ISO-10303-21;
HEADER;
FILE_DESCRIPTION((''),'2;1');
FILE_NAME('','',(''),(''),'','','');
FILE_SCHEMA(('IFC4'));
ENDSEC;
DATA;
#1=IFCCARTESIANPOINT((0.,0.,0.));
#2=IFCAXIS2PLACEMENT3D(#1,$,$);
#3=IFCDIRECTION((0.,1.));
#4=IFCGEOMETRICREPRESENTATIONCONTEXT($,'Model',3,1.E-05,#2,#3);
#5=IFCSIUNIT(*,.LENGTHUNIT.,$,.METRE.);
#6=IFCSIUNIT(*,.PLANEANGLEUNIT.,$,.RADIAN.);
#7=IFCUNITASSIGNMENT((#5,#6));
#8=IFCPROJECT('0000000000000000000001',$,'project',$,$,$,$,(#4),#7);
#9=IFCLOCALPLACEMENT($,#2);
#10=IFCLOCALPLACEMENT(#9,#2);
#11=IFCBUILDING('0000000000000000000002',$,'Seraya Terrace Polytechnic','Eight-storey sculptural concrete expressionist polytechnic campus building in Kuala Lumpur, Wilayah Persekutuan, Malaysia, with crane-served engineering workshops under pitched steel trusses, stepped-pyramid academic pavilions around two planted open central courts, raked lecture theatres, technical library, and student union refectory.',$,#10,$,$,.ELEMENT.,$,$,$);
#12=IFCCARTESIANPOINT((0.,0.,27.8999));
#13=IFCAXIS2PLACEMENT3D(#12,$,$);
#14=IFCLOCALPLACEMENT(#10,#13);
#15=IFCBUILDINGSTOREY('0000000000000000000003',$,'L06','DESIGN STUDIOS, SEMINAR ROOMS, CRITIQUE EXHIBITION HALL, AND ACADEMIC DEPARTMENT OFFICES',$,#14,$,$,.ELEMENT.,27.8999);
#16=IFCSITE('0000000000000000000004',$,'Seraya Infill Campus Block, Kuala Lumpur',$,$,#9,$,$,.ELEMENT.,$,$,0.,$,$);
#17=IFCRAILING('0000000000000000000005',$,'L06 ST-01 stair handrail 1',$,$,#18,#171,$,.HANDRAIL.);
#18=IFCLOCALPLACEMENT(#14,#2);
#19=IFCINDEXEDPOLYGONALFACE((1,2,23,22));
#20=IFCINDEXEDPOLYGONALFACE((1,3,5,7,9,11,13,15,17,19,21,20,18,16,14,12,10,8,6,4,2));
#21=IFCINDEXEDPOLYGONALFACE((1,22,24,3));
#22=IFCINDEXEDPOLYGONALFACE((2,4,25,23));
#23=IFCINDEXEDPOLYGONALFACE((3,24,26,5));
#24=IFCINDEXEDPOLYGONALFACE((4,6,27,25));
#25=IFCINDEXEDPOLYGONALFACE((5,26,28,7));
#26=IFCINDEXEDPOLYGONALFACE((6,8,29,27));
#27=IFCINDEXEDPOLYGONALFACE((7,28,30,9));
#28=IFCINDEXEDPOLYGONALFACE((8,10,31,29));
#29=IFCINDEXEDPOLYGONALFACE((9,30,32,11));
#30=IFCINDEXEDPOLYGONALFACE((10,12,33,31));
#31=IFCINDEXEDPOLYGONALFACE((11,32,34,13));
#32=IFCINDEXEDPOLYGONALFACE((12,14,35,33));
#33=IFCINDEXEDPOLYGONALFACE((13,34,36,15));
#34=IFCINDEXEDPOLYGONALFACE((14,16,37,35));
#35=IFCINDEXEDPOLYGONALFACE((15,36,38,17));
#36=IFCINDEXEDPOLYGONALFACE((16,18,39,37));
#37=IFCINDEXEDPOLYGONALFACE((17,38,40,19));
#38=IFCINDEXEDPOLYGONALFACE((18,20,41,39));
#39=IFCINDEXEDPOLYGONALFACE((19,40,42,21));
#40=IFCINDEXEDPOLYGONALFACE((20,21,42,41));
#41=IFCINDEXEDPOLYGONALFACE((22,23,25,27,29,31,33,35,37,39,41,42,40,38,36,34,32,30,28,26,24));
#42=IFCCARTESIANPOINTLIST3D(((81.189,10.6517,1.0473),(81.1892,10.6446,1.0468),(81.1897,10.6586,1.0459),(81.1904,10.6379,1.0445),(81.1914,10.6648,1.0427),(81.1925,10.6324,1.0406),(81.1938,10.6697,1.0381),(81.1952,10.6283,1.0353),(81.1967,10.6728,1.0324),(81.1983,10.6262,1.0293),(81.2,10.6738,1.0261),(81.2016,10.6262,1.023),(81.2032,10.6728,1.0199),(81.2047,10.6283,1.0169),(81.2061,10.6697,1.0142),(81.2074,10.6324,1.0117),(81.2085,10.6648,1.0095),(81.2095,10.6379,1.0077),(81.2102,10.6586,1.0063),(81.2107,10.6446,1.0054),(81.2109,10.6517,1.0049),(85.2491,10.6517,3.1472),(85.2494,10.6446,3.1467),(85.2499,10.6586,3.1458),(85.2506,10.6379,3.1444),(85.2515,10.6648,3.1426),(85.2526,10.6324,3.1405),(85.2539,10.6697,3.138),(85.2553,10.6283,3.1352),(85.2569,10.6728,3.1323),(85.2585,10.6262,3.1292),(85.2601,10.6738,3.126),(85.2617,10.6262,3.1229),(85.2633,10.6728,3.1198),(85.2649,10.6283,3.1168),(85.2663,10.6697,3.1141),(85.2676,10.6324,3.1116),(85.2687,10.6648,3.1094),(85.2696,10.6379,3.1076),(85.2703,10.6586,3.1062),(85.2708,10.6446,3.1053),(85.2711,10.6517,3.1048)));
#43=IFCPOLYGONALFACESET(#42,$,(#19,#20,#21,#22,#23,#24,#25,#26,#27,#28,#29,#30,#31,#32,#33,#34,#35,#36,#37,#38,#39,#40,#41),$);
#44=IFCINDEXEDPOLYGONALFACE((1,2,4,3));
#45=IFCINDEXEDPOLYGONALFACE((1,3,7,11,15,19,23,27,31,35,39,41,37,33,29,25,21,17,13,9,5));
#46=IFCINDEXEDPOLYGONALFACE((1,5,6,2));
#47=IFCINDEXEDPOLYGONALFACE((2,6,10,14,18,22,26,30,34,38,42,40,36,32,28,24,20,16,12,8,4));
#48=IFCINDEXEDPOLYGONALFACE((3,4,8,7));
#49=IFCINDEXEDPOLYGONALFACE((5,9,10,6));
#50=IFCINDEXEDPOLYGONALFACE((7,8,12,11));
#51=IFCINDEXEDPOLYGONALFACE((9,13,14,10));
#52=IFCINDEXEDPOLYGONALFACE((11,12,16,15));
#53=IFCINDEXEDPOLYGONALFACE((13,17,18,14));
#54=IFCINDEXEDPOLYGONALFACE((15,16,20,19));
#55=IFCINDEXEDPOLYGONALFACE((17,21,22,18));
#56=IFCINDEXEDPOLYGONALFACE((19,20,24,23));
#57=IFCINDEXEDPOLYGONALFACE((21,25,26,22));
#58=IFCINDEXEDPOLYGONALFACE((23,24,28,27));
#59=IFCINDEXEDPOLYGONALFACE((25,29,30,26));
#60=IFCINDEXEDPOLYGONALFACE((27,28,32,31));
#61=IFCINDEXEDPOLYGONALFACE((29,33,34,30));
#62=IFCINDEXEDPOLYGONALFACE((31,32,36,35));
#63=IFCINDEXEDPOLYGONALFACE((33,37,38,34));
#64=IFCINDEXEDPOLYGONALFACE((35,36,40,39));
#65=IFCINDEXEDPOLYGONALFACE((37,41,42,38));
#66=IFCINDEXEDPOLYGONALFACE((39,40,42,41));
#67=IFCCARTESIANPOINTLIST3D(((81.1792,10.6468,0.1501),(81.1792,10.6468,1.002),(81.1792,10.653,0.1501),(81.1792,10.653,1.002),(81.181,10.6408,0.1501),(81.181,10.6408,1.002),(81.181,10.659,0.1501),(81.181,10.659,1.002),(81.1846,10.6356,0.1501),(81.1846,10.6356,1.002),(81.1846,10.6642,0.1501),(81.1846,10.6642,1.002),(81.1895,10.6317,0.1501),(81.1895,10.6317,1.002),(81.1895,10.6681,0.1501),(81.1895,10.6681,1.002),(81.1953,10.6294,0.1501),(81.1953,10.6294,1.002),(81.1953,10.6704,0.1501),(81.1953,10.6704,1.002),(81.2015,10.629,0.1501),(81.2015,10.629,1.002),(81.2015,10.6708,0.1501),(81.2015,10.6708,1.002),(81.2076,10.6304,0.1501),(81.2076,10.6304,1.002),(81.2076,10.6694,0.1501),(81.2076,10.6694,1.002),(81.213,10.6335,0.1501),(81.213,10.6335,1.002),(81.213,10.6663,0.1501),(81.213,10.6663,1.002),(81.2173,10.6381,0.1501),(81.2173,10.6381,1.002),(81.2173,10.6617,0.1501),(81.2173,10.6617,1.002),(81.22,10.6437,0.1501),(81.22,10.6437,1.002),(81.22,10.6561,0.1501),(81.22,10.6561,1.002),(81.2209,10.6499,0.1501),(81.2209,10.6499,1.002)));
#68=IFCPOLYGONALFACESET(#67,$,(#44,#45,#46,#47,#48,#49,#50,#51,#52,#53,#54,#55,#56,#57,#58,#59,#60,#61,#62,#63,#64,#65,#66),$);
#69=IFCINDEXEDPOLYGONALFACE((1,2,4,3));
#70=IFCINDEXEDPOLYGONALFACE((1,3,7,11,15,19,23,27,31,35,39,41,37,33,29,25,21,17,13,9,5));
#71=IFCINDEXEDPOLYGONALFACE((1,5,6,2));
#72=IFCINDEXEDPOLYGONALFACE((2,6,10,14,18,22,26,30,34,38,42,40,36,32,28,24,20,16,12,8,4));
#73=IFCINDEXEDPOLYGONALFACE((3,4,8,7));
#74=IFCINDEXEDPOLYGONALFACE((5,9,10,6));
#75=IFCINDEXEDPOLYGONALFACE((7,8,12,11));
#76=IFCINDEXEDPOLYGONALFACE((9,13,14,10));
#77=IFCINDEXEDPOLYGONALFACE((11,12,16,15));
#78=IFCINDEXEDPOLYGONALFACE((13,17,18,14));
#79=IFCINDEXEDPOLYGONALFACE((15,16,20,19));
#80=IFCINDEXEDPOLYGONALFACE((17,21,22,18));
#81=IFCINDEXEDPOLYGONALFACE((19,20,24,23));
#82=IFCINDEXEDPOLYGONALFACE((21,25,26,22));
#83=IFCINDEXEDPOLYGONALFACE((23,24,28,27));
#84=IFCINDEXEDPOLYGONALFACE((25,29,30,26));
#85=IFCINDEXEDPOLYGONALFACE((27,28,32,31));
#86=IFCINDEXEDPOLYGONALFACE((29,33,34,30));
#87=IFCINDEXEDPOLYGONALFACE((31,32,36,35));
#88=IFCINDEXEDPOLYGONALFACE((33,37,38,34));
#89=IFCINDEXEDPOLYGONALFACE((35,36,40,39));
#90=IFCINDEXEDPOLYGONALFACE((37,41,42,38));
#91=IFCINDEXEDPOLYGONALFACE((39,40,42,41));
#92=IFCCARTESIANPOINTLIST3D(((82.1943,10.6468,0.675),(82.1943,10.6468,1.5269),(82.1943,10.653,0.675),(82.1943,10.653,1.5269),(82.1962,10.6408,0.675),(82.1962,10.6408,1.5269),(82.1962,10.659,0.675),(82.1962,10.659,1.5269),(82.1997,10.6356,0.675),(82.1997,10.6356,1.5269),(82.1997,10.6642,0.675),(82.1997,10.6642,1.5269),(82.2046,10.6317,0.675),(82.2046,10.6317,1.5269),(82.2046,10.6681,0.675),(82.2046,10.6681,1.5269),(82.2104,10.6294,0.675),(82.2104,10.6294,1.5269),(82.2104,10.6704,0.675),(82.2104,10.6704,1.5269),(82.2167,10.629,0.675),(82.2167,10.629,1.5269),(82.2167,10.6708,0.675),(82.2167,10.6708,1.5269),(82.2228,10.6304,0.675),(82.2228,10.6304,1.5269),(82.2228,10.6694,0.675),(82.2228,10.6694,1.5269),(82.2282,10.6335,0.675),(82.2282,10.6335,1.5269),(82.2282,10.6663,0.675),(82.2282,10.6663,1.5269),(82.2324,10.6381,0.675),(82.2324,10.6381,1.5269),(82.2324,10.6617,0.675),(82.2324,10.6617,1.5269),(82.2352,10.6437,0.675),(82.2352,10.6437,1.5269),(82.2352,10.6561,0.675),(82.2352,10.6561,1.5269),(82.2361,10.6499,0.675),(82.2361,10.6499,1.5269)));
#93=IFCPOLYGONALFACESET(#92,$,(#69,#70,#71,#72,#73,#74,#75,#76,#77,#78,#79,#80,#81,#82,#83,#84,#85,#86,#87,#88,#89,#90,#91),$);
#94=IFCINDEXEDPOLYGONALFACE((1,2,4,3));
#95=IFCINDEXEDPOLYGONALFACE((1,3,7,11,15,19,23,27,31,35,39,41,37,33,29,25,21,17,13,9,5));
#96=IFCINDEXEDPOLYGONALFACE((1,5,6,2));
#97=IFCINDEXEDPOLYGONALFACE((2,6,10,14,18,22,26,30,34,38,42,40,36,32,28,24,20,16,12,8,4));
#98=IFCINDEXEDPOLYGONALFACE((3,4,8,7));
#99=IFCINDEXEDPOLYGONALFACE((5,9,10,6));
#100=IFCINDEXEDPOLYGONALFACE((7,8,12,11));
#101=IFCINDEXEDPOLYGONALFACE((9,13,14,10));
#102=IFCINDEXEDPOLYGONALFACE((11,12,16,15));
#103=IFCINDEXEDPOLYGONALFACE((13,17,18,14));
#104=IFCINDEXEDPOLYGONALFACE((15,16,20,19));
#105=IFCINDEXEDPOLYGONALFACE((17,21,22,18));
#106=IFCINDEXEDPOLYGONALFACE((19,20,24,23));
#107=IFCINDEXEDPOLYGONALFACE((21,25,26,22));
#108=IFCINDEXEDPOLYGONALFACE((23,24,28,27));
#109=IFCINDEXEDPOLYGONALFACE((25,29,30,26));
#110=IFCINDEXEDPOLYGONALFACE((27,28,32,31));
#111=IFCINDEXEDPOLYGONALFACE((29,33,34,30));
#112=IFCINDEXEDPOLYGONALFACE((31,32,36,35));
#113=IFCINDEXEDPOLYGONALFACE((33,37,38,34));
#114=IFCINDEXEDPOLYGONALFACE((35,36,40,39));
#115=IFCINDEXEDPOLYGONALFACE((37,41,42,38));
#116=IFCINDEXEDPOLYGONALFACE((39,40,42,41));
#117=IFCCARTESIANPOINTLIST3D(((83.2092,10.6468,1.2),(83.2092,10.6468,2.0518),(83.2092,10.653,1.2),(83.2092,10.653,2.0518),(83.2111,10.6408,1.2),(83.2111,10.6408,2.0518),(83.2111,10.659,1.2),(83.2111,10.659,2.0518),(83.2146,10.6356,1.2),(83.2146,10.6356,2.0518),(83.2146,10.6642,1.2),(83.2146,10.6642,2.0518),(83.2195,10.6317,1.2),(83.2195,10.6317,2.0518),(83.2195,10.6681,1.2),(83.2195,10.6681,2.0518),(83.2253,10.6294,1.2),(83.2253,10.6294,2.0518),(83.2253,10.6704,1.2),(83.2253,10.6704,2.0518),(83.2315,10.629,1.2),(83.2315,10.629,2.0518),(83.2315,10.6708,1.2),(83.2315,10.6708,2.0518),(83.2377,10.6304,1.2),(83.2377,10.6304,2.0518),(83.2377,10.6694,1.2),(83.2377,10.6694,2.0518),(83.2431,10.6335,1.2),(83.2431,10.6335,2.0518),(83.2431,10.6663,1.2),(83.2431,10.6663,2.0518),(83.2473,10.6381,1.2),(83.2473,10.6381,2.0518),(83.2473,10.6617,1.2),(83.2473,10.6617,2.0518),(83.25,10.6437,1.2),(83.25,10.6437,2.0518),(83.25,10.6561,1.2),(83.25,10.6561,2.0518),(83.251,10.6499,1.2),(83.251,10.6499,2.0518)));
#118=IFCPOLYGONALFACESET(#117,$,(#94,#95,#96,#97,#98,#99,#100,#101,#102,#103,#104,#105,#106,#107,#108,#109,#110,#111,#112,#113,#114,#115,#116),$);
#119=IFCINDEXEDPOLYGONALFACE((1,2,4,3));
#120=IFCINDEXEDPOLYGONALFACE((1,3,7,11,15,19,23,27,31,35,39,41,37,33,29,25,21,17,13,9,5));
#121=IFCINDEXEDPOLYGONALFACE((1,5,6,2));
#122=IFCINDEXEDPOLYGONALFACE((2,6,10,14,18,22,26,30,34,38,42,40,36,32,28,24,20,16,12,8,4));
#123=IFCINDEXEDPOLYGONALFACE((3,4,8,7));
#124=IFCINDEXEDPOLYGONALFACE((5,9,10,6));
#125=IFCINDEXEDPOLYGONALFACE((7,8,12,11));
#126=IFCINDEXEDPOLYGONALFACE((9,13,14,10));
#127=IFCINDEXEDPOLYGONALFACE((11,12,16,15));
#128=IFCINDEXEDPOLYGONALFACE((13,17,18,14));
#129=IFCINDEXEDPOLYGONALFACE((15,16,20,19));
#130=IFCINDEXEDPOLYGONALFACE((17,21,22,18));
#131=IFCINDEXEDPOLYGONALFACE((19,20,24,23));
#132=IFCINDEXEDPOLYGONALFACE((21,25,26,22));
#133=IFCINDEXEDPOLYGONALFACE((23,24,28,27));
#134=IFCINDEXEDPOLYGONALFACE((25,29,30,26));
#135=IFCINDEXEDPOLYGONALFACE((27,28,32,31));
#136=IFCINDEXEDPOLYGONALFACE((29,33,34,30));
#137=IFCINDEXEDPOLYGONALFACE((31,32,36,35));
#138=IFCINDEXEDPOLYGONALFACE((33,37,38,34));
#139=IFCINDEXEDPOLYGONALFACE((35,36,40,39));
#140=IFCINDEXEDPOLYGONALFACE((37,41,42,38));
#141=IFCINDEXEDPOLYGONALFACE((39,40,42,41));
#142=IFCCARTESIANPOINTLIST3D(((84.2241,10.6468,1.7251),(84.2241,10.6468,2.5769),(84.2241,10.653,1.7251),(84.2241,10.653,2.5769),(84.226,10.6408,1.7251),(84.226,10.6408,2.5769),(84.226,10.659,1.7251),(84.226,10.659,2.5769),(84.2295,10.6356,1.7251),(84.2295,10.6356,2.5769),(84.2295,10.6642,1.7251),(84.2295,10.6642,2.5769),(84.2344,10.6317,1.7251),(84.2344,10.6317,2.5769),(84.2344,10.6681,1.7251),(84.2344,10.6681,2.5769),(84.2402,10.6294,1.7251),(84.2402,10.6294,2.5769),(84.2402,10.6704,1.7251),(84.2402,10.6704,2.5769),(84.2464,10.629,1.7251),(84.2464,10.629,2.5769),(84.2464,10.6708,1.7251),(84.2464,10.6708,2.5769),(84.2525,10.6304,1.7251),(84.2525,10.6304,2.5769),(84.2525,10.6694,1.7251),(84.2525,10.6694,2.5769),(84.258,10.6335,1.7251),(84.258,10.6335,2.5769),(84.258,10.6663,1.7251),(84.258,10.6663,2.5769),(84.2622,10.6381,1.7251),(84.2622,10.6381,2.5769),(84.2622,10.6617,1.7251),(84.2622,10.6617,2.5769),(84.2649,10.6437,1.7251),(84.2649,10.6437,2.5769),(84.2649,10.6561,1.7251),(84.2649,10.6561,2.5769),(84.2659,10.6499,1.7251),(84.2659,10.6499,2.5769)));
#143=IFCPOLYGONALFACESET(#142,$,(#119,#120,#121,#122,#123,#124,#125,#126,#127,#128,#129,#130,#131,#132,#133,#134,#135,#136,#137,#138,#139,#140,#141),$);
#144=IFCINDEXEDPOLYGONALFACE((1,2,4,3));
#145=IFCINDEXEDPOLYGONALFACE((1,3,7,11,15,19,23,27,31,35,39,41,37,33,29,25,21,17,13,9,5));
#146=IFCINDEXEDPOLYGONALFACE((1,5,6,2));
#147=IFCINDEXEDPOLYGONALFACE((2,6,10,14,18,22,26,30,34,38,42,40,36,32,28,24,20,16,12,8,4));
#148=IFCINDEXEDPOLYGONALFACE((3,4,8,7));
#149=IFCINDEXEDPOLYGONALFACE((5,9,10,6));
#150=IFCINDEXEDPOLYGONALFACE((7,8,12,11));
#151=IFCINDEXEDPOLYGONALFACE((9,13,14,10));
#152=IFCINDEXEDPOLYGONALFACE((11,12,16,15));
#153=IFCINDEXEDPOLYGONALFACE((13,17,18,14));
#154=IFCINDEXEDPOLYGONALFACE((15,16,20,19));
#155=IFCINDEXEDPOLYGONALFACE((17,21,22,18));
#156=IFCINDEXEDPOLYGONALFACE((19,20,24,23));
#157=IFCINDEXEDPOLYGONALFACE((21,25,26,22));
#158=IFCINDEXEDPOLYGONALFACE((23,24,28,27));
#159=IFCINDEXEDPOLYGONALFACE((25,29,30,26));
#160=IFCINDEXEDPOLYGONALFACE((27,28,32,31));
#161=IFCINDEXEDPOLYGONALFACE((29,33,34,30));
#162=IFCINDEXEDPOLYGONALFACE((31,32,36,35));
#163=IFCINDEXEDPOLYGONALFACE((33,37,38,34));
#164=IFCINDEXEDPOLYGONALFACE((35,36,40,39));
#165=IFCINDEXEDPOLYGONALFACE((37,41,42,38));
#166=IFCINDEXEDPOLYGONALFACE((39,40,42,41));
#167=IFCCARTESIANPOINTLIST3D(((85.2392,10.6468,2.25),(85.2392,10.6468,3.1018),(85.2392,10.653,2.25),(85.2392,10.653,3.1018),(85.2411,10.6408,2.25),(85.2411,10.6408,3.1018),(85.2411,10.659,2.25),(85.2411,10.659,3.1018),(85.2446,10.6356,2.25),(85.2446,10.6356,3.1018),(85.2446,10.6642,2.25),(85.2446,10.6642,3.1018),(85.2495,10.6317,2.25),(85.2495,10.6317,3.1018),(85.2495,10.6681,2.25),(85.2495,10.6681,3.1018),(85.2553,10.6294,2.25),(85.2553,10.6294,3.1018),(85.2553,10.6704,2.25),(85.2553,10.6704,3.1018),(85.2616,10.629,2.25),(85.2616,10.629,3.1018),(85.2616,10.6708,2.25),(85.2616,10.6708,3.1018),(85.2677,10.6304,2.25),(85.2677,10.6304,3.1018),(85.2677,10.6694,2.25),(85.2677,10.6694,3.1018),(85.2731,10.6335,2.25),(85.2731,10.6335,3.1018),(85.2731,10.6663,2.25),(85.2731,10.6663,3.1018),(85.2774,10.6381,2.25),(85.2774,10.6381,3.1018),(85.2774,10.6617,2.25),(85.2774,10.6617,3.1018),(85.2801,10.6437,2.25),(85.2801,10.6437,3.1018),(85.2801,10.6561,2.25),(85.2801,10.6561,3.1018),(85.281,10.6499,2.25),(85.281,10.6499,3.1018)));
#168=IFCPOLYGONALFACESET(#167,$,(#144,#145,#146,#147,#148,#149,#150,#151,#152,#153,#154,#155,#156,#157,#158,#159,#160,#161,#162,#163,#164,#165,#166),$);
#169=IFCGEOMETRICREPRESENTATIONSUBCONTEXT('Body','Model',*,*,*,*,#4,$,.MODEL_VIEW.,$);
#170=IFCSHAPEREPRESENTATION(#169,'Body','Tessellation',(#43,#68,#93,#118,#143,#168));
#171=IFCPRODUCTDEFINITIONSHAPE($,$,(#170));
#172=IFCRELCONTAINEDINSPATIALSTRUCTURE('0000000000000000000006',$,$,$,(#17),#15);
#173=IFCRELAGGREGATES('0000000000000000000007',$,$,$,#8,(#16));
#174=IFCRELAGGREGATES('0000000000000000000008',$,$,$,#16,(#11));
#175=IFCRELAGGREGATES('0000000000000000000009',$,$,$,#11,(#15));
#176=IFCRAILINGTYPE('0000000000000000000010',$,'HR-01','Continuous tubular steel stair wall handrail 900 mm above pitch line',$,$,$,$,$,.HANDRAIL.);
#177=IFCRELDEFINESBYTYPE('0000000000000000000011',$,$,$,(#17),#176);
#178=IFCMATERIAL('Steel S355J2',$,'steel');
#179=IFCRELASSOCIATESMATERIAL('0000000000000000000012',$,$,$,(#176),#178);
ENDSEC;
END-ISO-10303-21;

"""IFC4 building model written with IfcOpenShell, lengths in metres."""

from ifc_helpers import new_model, si_unit, direction, frame, origin, origin_2d, place, context, subcontext, project, spatial, circle, extrude, material, type_object, element, save


model = new_model("IFC4")

# Units and contexts
model_context = context("Model", 3, precision=1e-05, world=origin(), true_north=direction((0.0, 1.0)))
body_context = subcontext(model_context, "Body", "Model", "MODEL_VIEW")
ifc_project = project(units=[si_unit("LENGTHUNIT", "METRE"), si_unit("PLANEANGLEUNIT", "RADIAN")], contexts=[model_context])

# Site, building, storey
site_placement = place(None, origin())
site = spatial("IfcSite", under=ifc_project, at=site_placement, Name="Seraya Infill Campus Block, Kuala Lumpur", CompositionType="ELEMENT", RefElevation=0.0)
building_placement = place(site_placement, origin())
building = spatial("IfcBuilding", under=site, at=building_placement, Name="Seraya Terrace Polytechnic", Description="Eight-storey sculptural concrete expressionist polytechnic campus building in Kuala Lumpur, Wilayah Persekutuan, Malaysia, with crane-served engineering workshops under pitched steel trusses, stepped-pyramid academic pavilions around two planted open central courts, raked lecture theatres, technical library, and student union refectory.", CompositionType="ELEMENT")
storey_placement = place(building_placement, frame((0.0, 0.0, 27.8999)))
storey = spatial("IfcBuildingStorey", under=building, at=storey_placement, Name="L06", Description="DESIGN STUDIOS, SEMINAR ROOMS, CRITIQUE EXHIBITION HALL, AND ACADEMIC DEPARTMENT OFFICES", CompositionType="ELEMENT", Elevation=27.8999)

# Shared definitions
ifc_material_1 = material(Name="Steel S355J2", Category="steel")

# Railing
railing_type_1 = type_object("IfcRailingType", Name="HR-01", Description="Continuous tubular steel stair wall handrail 900 mm above pitch line", PredefinedType="HANDRAIL", material=ifc_material_1)
railing_1_placement = place(storey_placement, frame((81.2, 10.6499, 0.1501)))
element("IfcRailing", 1, at=railing_1_placement, inside=storey, type_object=railing_type_1, Name="L06 ST-01 stair handrail 1", PredefinedType="HANDRAIL", context=body_context, shape_type="SweptSolid", body=[
    extrude(circle(Radius=0.0239, at=origin_2d()), frame((0.0, 0.0, 0.876), z_axis=(0.888233, 0.0, 0.459392), x_axis=(0.0, 1.0, 0.0)), (0.0, 0.0, 1.0), 4.571),
    extrude(circle(Radius=0.021, at=origin_2d()), origin(), (0.0, 0.0, 1.0), 0.8518),
    extrude(circle(Radius=0.021, at=origin_2d()), frame((1.0151, 0.0, 0.5249)), (0.0, 0.0, 1.0), 0.8518),
    extrude(circle(Radius=0.021, at=origin_2d()), frame((2.03, 0.0, 1.0498)), (0.0, 0.0, 1.0), 0.8518),
    extrude(circle(Radius=0.021, at=origin_2d()), frame((3.0449, 0.0, 1.575)), (0.0, 0.0, 1.0), 0.8518),
    extrude(circle(Radius=0.021, at=origin_2d()), frame((4.0601, 0.0, 2.0999)), (0.0, 0.0, 1.0), 0.8518),
])

save(model, "model.ifc")
